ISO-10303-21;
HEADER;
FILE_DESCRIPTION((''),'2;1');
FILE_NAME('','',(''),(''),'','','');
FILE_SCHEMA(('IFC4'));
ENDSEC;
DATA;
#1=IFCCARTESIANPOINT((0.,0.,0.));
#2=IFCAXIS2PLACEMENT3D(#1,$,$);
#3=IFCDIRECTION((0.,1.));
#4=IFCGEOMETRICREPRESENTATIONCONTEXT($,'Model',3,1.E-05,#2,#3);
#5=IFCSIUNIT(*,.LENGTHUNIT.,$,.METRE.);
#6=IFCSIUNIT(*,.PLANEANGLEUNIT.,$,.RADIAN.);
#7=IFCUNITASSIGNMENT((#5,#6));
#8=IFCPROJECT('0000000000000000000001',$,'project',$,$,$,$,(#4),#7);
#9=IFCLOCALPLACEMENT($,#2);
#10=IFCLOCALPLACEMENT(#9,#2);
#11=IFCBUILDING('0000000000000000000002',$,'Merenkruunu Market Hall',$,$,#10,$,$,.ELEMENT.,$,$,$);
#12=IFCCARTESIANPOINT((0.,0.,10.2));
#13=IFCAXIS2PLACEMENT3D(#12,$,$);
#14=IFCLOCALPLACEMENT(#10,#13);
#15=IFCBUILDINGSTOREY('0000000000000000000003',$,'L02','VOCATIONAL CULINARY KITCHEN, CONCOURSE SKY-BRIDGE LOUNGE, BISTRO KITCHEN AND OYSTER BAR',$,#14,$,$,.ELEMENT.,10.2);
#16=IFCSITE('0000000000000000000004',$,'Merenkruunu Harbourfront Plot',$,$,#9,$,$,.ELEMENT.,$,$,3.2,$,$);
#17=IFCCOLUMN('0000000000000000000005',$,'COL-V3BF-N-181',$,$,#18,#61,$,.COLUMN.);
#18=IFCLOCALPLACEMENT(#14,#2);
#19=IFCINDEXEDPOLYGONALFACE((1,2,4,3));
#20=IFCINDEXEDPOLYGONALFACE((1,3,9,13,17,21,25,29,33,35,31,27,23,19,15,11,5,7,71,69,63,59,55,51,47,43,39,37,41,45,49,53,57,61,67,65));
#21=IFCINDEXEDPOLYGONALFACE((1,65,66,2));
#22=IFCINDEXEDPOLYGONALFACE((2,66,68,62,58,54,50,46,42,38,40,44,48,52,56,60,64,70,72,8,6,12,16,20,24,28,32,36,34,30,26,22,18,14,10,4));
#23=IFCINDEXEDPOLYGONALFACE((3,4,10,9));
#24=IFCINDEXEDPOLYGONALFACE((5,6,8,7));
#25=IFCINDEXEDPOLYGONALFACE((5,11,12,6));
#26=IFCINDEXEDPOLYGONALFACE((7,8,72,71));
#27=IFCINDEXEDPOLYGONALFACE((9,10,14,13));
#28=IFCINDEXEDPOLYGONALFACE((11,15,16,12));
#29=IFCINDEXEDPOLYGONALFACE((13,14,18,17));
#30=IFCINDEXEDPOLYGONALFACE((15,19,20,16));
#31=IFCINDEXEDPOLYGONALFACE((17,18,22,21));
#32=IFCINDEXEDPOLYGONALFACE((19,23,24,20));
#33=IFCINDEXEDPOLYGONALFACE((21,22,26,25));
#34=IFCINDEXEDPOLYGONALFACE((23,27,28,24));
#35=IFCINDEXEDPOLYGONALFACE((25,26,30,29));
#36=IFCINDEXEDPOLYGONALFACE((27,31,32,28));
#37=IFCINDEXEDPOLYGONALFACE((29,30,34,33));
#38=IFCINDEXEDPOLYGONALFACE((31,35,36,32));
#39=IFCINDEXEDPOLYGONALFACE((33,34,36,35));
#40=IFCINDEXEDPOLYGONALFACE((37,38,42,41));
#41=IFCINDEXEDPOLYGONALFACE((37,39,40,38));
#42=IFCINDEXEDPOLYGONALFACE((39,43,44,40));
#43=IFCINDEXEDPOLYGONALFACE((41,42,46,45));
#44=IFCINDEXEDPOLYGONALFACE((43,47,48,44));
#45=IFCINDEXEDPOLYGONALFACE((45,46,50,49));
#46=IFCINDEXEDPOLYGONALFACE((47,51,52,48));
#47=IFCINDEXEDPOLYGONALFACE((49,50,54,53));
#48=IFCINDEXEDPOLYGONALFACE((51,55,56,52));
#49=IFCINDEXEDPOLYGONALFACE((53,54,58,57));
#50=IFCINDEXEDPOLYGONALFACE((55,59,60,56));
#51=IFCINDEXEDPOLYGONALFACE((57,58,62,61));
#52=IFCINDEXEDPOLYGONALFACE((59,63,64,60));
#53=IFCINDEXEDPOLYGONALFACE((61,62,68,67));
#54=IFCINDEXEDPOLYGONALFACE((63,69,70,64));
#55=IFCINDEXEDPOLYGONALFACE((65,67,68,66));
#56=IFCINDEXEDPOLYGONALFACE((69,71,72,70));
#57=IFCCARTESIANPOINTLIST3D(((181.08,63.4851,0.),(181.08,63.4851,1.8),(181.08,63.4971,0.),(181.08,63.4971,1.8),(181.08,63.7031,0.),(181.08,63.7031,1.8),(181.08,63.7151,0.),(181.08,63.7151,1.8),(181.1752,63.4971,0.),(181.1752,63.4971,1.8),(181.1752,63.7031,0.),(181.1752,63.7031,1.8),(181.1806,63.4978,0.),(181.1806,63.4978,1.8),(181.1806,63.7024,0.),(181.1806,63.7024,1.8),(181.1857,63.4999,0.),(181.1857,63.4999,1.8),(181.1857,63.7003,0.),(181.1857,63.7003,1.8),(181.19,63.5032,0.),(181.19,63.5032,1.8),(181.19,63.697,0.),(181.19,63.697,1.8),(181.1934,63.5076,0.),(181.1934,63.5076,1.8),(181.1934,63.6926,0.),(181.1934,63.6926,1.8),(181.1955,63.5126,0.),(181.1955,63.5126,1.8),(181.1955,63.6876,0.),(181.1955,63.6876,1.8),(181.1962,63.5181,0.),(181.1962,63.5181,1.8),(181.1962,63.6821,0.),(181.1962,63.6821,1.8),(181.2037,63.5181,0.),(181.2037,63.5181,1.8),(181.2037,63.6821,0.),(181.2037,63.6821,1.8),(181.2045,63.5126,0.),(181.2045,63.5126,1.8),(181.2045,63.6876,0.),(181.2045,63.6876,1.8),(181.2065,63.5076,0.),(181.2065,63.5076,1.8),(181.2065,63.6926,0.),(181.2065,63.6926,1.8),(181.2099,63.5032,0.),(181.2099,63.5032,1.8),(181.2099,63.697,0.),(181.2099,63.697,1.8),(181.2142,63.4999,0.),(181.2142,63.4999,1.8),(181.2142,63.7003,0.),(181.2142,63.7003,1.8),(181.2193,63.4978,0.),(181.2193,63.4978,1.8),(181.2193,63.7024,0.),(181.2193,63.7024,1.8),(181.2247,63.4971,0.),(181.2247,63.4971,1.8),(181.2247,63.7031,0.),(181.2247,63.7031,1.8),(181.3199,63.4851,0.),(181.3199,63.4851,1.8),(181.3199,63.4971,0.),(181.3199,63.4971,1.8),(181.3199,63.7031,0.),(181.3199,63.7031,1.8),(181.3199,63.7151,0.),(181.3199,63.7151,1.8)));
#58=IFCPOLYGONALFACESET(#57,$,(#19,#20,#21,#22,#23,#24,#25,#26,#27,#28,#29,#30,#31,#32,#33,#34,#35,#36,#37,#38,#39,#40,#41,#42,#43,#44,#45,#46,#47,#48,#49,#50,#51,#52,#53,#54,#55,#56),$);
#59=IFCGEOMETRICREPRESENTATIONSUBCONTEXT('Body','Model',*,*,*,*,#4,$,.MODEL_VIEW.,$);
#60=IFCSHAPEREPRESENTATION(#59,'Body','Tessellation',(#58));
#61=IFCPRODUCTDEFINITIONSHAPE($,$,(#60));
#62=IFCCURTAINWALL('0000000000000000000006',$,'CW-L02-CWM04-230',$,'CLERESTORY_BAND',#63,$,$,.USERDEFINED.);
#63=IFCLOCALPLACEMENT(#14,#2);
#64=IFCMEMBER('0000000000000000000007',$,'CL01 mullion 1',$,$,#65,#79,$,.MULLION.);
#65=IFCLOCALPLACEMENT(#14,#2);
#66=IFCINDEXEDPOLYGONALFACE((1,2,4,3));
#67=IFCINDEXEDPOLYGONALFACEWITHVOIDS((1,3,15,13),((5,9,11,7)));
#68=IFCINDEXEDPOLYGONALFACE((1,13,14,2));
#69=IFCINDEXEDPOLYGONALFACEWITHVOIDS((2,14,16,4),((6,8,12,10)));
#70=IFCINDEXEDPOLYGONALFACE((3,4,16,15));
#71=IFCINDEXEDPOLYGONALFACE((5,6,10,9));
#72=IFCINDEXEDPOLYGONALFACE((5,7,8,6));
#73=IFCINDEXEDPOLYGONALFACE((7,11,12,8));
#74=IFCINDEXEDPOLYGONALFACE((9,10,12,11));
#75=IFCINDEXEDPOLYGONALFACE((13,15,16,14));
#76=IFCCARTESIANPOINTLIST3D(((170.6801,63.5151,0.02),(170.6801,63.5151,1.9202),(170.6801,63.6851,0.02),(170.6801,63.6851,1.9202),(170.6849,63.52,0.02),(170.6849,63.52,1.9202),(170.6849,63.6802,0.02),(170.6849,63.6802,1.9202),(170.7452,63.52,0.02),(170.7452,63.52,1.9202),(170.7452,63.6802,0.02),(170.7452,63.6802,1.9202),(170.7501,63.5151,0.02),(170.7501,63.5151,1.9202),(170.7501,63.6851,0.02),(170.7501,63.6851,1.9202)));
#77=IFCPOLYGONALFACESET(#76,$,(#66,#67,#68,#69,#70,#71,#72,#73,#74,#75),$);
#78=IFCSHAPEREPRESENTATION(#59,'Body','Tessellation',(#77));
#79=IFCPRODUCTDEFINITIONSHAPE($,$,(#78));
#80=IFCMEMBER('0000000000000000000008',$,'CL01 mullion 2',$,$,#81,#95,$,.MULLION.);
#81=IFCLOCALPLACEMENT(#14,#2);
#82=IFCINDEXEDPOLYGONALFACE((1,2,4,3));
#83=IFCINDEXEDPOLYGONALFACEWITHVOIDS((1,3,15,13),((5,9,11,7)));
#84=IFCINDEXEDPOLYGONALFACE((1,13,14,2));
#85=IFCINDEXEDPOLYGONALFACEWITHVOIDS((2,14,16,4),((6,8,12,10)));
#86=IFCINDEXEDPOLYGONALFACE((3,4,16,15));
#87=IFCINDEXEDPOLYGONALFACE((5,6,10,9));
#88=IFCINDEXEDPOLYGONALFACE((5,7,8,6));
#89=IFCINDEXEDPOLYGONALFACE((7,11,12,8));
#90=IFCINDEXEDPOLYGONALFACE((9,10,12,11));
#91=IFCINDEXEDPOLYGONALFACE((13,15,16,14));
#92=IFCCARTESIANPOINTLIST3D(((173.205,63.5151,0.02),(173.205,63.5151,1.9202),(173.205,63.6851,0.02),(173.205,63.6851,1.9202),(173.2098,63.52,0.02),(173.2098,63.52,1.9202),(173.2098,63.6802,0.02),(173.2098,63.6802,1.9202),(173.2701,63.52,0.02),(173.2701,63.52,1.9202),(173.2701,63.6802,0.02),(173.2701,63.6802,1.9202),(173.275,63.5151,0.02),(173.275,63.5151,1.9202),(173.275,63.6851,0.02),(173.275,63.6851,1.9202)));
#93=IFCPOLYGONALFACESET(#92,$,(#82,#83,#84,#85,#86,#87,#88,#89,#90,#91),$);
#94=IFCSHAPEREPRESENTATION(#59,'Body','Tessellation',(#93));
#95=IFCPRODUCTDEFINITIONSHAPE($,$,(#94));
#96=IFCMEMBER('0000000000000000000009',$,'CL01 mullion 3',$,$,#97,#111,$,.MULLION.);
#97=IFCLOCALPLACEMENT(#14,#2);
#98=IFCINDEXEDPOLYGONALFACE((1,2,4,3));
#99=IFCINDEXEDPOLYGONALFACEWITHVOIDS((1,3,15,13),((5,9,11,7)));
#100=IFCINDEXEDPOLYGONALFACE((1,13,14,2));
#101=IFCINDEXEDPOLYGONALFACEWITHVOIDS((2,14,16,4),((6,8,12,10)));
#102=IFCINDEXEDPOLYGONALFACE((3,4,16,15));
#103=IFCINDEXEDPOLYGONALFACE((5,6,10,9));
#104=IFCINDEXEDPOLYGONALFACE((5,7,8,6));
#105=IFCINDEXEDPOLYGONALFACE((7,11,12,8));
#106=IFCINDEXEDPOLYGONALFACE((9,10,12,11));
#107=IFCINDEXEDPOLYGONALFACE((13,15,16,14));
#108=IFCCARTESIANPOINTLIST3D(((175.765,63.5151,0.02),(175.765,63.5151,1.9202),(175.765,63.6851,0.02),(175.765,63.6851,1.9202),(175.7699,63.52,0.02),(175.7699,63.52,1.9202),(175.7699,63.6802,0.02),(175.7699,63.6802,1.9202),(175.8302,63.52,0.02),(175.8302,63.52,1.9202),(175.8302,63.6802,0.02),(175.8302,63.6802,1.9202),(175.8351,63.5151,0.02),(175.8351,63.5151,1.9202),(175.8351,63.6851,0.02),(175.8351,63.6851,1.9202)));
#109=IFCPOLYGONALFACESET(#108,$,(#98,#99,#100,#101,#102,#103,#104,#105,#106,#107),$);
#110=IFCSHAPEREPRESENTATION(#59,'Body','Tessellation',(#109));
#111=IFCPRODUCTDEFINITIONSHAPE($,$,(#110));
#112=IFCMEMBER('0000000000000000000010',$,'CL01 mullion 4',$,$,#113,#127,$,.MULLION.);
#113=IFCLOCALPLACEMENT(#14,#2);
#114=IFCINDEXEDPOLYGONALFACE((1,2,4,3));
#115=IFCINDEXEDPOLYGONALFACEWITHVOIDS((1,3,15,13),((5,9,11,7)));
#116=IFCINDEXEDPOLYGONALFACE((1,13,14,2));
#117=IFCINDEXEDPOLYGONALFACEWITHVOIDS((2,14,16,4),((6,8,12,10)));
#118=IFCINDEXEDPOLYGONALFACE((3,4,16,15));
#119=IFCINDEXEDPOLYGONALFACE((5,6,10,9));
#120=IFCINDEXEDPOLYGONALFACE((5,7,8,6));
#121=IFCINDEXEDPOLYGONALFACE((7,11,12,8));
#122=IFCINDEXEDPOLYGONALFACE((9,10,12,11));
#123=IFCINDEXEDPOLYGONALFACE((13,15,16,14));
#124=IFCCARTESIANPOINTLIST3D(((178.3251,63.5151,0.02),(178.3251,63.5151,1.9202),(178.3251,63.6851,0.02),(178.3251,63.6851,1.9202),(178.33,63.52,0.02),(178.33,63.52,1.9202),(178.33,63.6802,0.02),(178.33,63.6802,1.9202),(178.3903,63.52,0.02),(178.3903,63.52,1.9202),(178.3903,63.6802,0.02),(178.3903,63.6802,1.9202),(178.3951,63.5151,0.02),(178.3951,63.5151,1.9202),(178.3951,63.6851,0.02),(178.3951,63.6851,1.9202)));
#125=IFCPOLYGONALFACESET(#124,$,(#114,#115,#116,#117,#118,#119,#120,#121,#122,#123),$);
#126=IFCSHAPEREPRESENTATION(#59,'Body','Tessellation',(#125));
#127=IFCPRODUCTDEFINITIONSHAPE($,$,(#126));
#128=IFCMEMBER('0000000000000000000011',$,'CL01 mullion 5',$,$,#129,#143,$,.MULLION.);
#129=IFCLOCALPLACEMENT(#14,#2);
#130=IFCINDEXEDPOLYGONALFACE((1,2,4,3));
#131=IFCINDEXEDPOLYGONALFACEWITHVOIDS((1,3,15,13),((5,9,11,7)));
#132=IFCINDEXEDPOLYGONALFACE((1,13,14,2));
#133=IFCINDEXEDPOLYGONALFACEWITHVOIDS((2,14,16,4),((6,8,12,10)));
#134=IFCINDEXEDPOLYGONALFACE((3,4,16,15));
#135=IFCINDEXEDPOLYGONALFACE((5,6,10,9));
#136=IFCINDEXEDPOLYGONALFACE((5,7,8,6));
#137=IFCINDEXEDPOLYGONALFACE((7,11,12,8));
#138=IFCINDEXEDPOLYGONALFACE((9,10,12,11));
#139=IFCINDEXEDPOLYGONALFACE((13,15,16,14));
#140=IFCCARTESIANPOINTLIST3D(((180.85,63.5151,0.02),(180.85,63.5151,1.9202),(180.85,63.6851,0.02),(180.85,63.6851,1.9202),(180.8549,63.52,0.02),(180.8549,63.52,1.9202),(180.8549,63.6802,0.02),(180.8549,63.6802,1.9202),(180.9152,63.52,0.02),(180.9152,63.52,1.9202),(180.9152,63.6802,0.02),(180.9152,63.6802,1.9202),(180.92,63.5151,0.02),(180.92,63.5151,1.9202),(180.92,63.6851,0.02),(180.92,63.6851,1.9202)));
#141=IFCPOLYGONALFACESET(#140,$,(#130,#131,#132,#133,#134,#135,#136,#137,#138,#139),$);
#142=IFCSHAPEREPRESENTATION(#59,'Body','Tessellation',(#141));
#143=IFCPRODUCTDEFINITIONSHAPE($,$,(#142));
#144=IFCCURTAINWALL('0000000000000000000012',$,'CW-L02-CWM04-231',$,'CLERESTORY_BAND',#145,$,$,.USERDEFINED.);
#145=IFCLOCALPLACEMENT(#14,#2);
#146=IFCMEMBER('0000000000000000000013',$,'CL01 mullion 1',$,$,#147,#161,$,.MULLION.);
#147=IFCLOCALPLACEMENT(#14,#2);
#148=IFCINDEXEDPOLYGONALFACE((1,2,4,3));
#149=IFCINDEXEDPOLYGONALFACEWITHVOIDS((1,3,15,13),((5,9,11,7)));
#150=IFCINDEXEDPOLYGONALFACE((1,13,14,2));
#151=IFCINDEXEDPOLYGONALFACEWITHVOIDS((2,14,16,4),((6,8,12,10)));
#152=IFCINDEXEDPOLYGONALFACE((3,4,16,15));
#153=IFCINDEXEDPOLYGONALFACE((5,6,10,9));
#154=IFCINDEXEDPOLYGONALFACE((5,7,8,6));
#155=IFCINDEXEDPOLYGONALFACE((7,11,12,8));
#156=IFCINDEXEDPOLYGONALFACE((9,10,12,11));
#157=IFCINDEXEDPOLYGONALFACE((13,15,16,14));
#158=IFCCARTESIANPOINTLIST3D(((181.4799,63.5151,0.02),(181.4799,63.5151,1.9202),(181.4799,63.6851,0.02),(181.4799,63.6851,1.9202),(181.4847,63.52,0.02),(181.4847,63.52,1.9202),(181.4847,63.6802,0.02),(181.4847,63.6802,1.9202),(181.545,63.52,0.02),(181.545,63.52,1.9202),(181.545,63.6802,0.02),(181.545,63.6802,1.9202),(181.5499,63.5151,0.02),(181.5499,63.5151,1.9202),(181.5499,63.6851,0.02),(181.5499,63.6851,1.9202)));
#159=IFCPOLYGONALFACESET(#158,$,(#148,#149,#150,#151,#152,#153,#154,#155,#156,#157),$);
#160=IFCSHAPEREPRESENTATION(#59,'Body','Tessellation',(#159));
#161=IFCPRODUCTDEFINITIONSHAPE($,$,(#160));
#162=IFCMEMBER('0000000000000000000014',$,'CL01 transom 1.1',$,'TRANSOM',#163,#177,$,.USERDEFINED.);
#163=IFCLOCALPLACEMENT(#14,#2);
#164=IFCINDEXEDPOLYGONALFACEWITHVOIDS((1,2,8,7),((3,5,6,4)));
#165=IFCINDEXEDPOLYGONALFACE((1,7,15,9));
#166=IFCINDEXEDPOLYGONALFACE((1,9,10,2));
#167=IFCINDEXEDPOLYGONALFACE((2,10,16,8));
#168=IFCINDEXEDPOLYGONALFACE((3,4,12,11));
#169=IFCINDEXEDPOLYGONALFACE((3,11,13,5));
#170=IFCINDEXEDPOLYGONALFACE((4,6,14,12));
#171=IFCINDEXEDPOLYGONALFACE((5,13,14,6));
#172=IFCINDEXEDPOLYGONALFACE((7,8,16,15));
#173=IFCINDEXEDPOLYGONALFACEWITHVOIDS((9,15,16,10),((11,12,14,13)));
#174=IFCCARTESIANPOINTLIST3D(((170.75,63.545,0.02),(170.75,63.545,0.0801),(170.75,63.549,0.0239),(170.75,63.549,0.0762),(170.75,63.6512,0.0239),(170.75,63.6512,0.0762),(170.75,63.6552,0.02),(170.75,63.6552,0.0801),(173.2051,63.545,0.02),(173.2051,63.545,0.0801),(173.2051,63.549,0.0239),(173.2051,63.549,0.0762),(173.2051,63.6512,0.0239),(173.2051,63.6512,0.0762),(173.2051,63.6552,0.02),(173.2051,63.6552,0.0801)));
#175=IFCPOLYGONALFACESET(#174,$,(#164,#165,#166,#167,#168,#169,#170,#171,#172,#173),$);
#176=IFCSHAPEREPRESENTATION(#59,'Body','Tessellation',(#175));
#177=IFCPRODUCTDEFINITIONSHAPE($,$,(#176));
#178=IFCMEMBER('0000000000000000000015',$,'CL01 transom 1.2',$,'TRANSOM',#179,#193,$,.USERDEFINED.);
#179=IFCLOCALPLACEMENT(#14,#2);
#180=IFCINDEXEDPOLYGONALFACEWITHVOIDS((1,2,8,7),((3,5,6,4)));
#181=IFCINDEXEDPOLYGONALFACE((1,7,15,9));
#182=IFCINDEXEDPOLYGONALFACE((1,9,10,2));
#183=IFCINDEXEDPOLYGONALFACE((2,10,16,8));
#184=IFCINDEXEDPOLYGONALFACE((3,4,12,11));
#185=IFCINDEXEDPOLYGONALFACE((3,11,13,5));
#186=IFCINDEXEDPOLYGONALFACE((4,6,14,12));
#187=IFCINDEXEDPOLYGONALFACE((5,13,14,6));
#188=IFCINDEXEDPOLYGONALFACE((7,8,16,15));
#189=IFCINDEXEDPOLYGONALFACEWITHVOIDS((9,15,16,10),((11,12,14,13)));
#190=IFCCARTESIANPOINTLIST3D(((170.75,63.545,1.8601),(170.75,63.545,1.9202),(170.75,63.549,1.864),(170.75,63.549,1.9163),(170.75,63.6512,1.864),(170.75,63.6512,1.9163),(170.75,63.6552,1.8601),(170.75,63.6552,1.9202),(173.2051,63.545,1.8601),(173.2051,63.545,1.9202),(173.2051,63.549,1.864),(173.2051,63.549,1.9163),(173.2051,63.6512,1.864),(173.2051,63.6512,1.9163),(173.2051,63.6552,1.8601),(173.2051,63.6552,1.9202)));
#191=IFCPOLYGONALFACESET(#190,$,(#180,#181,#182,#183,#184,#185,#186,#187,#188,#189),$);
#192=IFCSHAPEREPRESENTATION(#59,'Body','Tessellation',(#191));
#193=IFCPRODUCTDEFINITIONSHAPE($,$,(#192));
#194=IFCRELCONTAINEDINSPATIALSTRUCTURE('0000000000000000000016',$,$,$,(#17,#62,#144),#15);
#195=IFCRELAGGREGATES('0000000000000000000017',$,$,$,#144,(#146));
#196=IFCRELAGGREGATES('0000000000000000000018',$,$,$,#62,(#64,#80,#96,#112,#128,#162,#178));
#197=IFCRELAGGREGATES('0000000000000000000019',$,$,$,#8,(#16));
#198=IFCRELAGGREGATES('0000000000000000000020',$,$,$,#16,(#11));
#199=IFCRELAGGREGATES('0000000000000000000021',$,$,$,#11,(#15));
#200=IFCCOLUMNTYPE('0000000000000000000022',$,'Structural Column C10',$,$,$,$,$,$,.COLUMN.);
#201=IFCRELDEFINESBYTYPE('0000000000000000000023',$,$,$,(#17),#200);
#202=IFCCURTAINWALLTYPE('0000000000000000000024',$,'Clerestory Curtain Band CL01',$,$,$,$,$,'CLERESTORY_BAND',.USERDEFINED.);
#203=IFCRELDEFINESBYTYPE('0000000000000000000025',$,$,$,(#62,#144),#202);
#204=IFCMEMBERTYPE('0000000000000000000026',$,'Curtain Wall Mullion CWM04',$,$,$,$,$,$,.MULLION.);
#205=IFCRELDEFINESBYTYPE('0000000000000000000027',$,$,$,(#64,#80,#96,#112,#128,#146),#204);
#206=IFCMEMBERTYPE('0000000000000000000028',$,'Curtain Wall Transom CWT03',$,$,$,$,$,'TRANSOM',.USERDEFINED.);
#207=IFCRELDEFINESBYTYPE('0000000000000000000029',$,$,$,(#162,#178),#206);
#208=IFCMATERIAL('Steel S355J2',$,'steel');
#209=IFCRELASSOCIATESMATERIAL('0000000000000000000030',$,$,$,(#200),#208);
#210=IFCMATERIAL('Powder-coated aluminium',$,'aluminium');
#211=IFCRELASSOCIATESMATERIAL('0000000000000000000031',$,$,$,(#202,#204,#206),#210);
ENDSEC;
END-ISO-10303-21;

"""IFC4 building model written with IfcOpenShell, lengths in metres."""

from ifc_helpers import new_model, si_unit, direction, frame, origin, origin_2d, place, context, subcontext, project, spatial, hollow_rectangle, i_section, extrude, material, material_profile, profile_set, type_object, element, aggregate, save


model = new_model("IFC4")

# Units and contexts
model_context = context("Model", 3, precision=1e-05, world=origin(), true_north=direction((0.0, 1.0)))
body_context = subcontext(model_context, "Body", "Model", "MODEL_VIEW")
ifc_project = project(units=[si_unit("LENGTHUNIT", "METRE"), si_unit("PLANEANGLEUNIT", "RADIAN")], contexts=[model_context])

# Site, building, storey
site_placement = place(None, origin())
site = spatial("IfcSite", under=ifc_project, at=site_placement, Name="Merenkruunu Harbourfront Plot", CompositionType="ELEMENT", RefElevation=3.2)
building_placement = place(site_placement, origin())
building = spatial("IfcBuilding", under=site, at=building_placement, Name="Merenkruunu Market Hall", CompositionType="ELEMENT")
storey_placement = place(building_placement, frame((0.0, 0.0, 10.2)))
storey = spatial("IfcBuildingStorey", under=building, at=storey_placement, Name="L02", Description="VOCATIONAL CULINARY KITCHEN, CONCOURSE SKY-BRIDGE LOUNGE, BISTRO KITCHEN AND OYSTER BAR", CompositionType="ELEMENT", Elevation=10.2)

# Column
ifc_material_1 = material(Name="Steel S355J2", Category="steel")
ifc_material_profile_1 = material_profile(ifc_material_1, i_section(OverallWidth=0.24, OverallDepth=0.23, WebThickness=0.0076, FlangeThickness=0.012, FilletRadius=0.021, at=origin_2d()), Name="HEA 240")
ifc_profile_set_1 = profile_set([ifc_material_profile_1], Name="Steel S355J2")
column_type = type_object("IfcColumnType", Name="Structural Column C10", PredefinedType="COLUMN", material=ifc_profile_set_1)
column_placement = place(storey_placement, frame((181.2, 63.6001, 0.0), z_axis=(0.0, 0.0, 1.0), x_axis=(1.0, 0.0, 0.0)))
element("IfcColumn", 1, at=column_placement, inside=storey, type_object=column_type, Name="COL-V3BF-N-181", PredefinedType="COLUMN", context=body_context, shape_type="SweptSolid", body=[
    extrude(i_section(OverallWidth=0.24, OverallDepth=0.23, WebThickness=0.0076, FlangeThickness=0.012, FilletRadius=0.021, at=origin_2d()), origin(), (0.0, 0.0, 1.0), 1.8),
])

# Curtain wall, members
ifc_material_2 = material(Name="Powder-coated aluminium", Category="aluminium")
curtain_wall_type = type_object("IfcCurtainWallType", Name="Clerestory Curtain Band CL01", ElementType="CLERESTORY_BAND", PredefinedType="USERDEFINED", material=ifc_material_2)
curtain_wall_1_placement = place(storey_placement, origin())
curtain_wall_1 = element("IfcCurtainWall", 2, at=curtain_wall_1_placement, inside=storey, type_object=curtain_wall_type, Name="CW-L02-CWM04-230", ObjectType="CLERESTORY_BAND", PredefinedType="USERDEFINED")
ifc_material_profile_2 = material_profile(ifc_material_2, hollow_rectangle(XDim=0.0701, YDim=0.1699, WallThickness=0.0049, at=origin_2d()), Name="ALU 70x170x5")
ifc_profile_set_2 = profile_set([ifc_material_profile_2], Name="Powder-coated aluminium")
member_type_1 = type_object("IfcMemberType", Name="Curtain Wall Mullion CWM04", PredefinedType="MULLION", material=ifc_profile_set_2)
member_1_placement = place(storey_placement, frame((170.7151, 63.6001, 0.02), z_axis=(0.0, 0.0, 1.0), x_axis=(1.0, 0.0, 0.0)))
member_1 = element("IfcMember", 3, at=member_1_placement, type_object=member_type_1, Name="CL01 mullion 1", PredefinedType="MULLION", context=body_context, shape_type="SweptSolid", body=[
    extrude(hollow_rectangle(XDim=0.0701, YDim=0.1699, WallThickness=0.0049, at=origin_2d()), origin(), (0.0, 0.0, 1.0), 1.9001),
])
member_2_placement = place(storey_placement, frame((173.24, 63.6001, 0.02), z_axis=(0.0, 0.0, 1.0), x_axis=(1.0, 0.0, 0.0)))
member_2 = element("IfcMember", 4, at=member_2_placement, type_object=member_type_1, Name="CL01 mullion 2", PredefinedType="MULLION", context=body_context, shape_type="SweptSolid", body=[
    extrude(hollow_rectangle(XDim=0.0701, YDim=0.1699, WallThickness=0.0049, at=origin_2d()), origin(), (0.0, 0.0, 1.0), 1.9001),
])
member_3_placement = place(storey_placement, frame((175.8, 63.6001, 0.02), z_axis=(0.0, 0.0, 1.0), x_axis=(1.0, 0.0, 0.0)))
member_3 = element("IfcMember", 5, at=member_3_placement, type_object=member_type_1, Name="CL01 mullion 3", PredefinedType="MULLION", context=body_context, shape_type="SweptSolid", body=[
    extrude(hollow_rectangle(XDim=0.0701, YDim=0.1699, WallThickness=0.0049, at=origin_2d()), origin(), (0.0, 0.0, 1.0), 1.9001),
])
member_4_placement = place(storey_placement, frame((178.3601, 63.6001, 0.02), z_axis=(0.0, 0.0, 1.0), x_axis=(1.0, 0.0, 0.0)))
member_4 = element("IfcMember", 6, at=member_4_placement, type_object=member_type_1, Name="CL01 mullion 4", PredefinedType="MULLION", context=body_context, shape_type="SweptSolid", body=[
    extrude(hollow_rectangle(XDim=0.0701, YDim=0.1699, WallThickness=0.0049, at=origin_2d()), origin(), (0.0, 0.0, 1.0), 1.9001),
])
member_5_placement = place(storey_placement, frame((180.885, 63.6001, 0.02), z_axis=(0.0, 0.0, 1.0), x_axis=(1.0, 0.0, 0.0)))
member_5 = element("IfcMember", 7, at=member_5_placement, type_object=member_type_1, Name="CL01 mullion 5", PredefinedType="MULLION", context=body_context, shape_type="SweptSolid", body=[
    extrude(hollow_rectangle(XDim=0.0701, YDim=0.1699, WallThickness=0.0049, at=origin_2d()), origin(), (0.0, 0.0, 1.0), 1.9001),
])

# Curtain wall, member
curtain_wall_2_placement = place(storey_placement, origin())
curtain_wall_2 = element("IfcCurtainWall", 8, at=curtain_wall_2_placement, inside=storey, type_object=curtain_wall_type, Name="CW-L02-CWM04-231", ObjectType="CLERESTORY_BAND", PredefinedType="USERDEFINED")
member_6_placement = place(storey_placement, frame((181.5149, 63.6001, 0.02), z_axis=(0.0, 0.0, 1.0), x_axis=(1.0, 0.0, 0.0)))
member_6 = element("IfcMember", 9, at=member_6_placement, type_object=member_type_1, Name="CL01 mullion 1", PredefinedType="MULLION", context=body_context, shape_type="SweptSolid", body=[
    extrude(hollow_rectangle(XDim=0.0701, YDim=0.1699, WallThickness=0.0049, at=origin_2d()), origin(), (0.0, 0.0, 1.0), 1.9001),
])

# Members
ifc_material_profile_3 = material_profile(ifc_material_2, hollow_rectangle(XDim=0.0601, YDim=0.1101, WallThickness=0.0039, at=origin_2d()), Name="ALU 60x110x4")
ifc_profile_set_3 = profile_set([ifc_material_profile_3], Name="Powder-coated aluminium")
member_type_2 = type_object("IfcMemberType", Name="Curtain Wall Transom CWT03", ElementType="TRANSOM", PredefinedType="USERDEFINED", material=ifc_profile_set_3)
member_7_placement = place(storey_placement, frame((170.75, 63.6001, 0.05), z_axis=(1.0, 0.0, 0.0), x_axis=(0.0, 0.0, 1.0)))
member_7 = element("IfcMember", 10, at=member_7_placement, type_object=member_type_2, Name="CL01 transom 1.1", ObjectType="TRANSOM", PredefinedType="USERDEFINED", context=body_context, shape_type="SweptSolid", body=[
    extrude(hollow_rectangle(XDim=0.0601, YDim=0.1101, WallThickness=0.0039, at=origin_2d()), origin(), (0.0, 0.0, 1.0), 2.4551),
])
member_8_placement = place(storey_placement, frame((170.75, 63.6001, 1.8901), z_axis=(1.0, 0.0, 0.0), x_axis=(0.0, 0.0, 1.0)))
member_8 = element("IfcMember", 11, at=member_8_placement, type_object=member_type_2, Name="CL01 transom 1.2", ObjectType="TRANSOM", PredefinedType="USERDEFINED", context=body_context, shape_type="SweptSolid", body=[
    extrude(hollow_rectangle(XDim=0.0601, YDim=0.1101, WallThickness=0.0039, at=origin_2d()), origin(), (0.0, 0.0, 1.0), 2.4551),
])
aggregate(curtain_wall_2, [member_6])

aggregate(curtain_wall_1, [member_1, member_2, member_3, member_4, member_5, member_7, member_8])

save(model, "model.ifc")
